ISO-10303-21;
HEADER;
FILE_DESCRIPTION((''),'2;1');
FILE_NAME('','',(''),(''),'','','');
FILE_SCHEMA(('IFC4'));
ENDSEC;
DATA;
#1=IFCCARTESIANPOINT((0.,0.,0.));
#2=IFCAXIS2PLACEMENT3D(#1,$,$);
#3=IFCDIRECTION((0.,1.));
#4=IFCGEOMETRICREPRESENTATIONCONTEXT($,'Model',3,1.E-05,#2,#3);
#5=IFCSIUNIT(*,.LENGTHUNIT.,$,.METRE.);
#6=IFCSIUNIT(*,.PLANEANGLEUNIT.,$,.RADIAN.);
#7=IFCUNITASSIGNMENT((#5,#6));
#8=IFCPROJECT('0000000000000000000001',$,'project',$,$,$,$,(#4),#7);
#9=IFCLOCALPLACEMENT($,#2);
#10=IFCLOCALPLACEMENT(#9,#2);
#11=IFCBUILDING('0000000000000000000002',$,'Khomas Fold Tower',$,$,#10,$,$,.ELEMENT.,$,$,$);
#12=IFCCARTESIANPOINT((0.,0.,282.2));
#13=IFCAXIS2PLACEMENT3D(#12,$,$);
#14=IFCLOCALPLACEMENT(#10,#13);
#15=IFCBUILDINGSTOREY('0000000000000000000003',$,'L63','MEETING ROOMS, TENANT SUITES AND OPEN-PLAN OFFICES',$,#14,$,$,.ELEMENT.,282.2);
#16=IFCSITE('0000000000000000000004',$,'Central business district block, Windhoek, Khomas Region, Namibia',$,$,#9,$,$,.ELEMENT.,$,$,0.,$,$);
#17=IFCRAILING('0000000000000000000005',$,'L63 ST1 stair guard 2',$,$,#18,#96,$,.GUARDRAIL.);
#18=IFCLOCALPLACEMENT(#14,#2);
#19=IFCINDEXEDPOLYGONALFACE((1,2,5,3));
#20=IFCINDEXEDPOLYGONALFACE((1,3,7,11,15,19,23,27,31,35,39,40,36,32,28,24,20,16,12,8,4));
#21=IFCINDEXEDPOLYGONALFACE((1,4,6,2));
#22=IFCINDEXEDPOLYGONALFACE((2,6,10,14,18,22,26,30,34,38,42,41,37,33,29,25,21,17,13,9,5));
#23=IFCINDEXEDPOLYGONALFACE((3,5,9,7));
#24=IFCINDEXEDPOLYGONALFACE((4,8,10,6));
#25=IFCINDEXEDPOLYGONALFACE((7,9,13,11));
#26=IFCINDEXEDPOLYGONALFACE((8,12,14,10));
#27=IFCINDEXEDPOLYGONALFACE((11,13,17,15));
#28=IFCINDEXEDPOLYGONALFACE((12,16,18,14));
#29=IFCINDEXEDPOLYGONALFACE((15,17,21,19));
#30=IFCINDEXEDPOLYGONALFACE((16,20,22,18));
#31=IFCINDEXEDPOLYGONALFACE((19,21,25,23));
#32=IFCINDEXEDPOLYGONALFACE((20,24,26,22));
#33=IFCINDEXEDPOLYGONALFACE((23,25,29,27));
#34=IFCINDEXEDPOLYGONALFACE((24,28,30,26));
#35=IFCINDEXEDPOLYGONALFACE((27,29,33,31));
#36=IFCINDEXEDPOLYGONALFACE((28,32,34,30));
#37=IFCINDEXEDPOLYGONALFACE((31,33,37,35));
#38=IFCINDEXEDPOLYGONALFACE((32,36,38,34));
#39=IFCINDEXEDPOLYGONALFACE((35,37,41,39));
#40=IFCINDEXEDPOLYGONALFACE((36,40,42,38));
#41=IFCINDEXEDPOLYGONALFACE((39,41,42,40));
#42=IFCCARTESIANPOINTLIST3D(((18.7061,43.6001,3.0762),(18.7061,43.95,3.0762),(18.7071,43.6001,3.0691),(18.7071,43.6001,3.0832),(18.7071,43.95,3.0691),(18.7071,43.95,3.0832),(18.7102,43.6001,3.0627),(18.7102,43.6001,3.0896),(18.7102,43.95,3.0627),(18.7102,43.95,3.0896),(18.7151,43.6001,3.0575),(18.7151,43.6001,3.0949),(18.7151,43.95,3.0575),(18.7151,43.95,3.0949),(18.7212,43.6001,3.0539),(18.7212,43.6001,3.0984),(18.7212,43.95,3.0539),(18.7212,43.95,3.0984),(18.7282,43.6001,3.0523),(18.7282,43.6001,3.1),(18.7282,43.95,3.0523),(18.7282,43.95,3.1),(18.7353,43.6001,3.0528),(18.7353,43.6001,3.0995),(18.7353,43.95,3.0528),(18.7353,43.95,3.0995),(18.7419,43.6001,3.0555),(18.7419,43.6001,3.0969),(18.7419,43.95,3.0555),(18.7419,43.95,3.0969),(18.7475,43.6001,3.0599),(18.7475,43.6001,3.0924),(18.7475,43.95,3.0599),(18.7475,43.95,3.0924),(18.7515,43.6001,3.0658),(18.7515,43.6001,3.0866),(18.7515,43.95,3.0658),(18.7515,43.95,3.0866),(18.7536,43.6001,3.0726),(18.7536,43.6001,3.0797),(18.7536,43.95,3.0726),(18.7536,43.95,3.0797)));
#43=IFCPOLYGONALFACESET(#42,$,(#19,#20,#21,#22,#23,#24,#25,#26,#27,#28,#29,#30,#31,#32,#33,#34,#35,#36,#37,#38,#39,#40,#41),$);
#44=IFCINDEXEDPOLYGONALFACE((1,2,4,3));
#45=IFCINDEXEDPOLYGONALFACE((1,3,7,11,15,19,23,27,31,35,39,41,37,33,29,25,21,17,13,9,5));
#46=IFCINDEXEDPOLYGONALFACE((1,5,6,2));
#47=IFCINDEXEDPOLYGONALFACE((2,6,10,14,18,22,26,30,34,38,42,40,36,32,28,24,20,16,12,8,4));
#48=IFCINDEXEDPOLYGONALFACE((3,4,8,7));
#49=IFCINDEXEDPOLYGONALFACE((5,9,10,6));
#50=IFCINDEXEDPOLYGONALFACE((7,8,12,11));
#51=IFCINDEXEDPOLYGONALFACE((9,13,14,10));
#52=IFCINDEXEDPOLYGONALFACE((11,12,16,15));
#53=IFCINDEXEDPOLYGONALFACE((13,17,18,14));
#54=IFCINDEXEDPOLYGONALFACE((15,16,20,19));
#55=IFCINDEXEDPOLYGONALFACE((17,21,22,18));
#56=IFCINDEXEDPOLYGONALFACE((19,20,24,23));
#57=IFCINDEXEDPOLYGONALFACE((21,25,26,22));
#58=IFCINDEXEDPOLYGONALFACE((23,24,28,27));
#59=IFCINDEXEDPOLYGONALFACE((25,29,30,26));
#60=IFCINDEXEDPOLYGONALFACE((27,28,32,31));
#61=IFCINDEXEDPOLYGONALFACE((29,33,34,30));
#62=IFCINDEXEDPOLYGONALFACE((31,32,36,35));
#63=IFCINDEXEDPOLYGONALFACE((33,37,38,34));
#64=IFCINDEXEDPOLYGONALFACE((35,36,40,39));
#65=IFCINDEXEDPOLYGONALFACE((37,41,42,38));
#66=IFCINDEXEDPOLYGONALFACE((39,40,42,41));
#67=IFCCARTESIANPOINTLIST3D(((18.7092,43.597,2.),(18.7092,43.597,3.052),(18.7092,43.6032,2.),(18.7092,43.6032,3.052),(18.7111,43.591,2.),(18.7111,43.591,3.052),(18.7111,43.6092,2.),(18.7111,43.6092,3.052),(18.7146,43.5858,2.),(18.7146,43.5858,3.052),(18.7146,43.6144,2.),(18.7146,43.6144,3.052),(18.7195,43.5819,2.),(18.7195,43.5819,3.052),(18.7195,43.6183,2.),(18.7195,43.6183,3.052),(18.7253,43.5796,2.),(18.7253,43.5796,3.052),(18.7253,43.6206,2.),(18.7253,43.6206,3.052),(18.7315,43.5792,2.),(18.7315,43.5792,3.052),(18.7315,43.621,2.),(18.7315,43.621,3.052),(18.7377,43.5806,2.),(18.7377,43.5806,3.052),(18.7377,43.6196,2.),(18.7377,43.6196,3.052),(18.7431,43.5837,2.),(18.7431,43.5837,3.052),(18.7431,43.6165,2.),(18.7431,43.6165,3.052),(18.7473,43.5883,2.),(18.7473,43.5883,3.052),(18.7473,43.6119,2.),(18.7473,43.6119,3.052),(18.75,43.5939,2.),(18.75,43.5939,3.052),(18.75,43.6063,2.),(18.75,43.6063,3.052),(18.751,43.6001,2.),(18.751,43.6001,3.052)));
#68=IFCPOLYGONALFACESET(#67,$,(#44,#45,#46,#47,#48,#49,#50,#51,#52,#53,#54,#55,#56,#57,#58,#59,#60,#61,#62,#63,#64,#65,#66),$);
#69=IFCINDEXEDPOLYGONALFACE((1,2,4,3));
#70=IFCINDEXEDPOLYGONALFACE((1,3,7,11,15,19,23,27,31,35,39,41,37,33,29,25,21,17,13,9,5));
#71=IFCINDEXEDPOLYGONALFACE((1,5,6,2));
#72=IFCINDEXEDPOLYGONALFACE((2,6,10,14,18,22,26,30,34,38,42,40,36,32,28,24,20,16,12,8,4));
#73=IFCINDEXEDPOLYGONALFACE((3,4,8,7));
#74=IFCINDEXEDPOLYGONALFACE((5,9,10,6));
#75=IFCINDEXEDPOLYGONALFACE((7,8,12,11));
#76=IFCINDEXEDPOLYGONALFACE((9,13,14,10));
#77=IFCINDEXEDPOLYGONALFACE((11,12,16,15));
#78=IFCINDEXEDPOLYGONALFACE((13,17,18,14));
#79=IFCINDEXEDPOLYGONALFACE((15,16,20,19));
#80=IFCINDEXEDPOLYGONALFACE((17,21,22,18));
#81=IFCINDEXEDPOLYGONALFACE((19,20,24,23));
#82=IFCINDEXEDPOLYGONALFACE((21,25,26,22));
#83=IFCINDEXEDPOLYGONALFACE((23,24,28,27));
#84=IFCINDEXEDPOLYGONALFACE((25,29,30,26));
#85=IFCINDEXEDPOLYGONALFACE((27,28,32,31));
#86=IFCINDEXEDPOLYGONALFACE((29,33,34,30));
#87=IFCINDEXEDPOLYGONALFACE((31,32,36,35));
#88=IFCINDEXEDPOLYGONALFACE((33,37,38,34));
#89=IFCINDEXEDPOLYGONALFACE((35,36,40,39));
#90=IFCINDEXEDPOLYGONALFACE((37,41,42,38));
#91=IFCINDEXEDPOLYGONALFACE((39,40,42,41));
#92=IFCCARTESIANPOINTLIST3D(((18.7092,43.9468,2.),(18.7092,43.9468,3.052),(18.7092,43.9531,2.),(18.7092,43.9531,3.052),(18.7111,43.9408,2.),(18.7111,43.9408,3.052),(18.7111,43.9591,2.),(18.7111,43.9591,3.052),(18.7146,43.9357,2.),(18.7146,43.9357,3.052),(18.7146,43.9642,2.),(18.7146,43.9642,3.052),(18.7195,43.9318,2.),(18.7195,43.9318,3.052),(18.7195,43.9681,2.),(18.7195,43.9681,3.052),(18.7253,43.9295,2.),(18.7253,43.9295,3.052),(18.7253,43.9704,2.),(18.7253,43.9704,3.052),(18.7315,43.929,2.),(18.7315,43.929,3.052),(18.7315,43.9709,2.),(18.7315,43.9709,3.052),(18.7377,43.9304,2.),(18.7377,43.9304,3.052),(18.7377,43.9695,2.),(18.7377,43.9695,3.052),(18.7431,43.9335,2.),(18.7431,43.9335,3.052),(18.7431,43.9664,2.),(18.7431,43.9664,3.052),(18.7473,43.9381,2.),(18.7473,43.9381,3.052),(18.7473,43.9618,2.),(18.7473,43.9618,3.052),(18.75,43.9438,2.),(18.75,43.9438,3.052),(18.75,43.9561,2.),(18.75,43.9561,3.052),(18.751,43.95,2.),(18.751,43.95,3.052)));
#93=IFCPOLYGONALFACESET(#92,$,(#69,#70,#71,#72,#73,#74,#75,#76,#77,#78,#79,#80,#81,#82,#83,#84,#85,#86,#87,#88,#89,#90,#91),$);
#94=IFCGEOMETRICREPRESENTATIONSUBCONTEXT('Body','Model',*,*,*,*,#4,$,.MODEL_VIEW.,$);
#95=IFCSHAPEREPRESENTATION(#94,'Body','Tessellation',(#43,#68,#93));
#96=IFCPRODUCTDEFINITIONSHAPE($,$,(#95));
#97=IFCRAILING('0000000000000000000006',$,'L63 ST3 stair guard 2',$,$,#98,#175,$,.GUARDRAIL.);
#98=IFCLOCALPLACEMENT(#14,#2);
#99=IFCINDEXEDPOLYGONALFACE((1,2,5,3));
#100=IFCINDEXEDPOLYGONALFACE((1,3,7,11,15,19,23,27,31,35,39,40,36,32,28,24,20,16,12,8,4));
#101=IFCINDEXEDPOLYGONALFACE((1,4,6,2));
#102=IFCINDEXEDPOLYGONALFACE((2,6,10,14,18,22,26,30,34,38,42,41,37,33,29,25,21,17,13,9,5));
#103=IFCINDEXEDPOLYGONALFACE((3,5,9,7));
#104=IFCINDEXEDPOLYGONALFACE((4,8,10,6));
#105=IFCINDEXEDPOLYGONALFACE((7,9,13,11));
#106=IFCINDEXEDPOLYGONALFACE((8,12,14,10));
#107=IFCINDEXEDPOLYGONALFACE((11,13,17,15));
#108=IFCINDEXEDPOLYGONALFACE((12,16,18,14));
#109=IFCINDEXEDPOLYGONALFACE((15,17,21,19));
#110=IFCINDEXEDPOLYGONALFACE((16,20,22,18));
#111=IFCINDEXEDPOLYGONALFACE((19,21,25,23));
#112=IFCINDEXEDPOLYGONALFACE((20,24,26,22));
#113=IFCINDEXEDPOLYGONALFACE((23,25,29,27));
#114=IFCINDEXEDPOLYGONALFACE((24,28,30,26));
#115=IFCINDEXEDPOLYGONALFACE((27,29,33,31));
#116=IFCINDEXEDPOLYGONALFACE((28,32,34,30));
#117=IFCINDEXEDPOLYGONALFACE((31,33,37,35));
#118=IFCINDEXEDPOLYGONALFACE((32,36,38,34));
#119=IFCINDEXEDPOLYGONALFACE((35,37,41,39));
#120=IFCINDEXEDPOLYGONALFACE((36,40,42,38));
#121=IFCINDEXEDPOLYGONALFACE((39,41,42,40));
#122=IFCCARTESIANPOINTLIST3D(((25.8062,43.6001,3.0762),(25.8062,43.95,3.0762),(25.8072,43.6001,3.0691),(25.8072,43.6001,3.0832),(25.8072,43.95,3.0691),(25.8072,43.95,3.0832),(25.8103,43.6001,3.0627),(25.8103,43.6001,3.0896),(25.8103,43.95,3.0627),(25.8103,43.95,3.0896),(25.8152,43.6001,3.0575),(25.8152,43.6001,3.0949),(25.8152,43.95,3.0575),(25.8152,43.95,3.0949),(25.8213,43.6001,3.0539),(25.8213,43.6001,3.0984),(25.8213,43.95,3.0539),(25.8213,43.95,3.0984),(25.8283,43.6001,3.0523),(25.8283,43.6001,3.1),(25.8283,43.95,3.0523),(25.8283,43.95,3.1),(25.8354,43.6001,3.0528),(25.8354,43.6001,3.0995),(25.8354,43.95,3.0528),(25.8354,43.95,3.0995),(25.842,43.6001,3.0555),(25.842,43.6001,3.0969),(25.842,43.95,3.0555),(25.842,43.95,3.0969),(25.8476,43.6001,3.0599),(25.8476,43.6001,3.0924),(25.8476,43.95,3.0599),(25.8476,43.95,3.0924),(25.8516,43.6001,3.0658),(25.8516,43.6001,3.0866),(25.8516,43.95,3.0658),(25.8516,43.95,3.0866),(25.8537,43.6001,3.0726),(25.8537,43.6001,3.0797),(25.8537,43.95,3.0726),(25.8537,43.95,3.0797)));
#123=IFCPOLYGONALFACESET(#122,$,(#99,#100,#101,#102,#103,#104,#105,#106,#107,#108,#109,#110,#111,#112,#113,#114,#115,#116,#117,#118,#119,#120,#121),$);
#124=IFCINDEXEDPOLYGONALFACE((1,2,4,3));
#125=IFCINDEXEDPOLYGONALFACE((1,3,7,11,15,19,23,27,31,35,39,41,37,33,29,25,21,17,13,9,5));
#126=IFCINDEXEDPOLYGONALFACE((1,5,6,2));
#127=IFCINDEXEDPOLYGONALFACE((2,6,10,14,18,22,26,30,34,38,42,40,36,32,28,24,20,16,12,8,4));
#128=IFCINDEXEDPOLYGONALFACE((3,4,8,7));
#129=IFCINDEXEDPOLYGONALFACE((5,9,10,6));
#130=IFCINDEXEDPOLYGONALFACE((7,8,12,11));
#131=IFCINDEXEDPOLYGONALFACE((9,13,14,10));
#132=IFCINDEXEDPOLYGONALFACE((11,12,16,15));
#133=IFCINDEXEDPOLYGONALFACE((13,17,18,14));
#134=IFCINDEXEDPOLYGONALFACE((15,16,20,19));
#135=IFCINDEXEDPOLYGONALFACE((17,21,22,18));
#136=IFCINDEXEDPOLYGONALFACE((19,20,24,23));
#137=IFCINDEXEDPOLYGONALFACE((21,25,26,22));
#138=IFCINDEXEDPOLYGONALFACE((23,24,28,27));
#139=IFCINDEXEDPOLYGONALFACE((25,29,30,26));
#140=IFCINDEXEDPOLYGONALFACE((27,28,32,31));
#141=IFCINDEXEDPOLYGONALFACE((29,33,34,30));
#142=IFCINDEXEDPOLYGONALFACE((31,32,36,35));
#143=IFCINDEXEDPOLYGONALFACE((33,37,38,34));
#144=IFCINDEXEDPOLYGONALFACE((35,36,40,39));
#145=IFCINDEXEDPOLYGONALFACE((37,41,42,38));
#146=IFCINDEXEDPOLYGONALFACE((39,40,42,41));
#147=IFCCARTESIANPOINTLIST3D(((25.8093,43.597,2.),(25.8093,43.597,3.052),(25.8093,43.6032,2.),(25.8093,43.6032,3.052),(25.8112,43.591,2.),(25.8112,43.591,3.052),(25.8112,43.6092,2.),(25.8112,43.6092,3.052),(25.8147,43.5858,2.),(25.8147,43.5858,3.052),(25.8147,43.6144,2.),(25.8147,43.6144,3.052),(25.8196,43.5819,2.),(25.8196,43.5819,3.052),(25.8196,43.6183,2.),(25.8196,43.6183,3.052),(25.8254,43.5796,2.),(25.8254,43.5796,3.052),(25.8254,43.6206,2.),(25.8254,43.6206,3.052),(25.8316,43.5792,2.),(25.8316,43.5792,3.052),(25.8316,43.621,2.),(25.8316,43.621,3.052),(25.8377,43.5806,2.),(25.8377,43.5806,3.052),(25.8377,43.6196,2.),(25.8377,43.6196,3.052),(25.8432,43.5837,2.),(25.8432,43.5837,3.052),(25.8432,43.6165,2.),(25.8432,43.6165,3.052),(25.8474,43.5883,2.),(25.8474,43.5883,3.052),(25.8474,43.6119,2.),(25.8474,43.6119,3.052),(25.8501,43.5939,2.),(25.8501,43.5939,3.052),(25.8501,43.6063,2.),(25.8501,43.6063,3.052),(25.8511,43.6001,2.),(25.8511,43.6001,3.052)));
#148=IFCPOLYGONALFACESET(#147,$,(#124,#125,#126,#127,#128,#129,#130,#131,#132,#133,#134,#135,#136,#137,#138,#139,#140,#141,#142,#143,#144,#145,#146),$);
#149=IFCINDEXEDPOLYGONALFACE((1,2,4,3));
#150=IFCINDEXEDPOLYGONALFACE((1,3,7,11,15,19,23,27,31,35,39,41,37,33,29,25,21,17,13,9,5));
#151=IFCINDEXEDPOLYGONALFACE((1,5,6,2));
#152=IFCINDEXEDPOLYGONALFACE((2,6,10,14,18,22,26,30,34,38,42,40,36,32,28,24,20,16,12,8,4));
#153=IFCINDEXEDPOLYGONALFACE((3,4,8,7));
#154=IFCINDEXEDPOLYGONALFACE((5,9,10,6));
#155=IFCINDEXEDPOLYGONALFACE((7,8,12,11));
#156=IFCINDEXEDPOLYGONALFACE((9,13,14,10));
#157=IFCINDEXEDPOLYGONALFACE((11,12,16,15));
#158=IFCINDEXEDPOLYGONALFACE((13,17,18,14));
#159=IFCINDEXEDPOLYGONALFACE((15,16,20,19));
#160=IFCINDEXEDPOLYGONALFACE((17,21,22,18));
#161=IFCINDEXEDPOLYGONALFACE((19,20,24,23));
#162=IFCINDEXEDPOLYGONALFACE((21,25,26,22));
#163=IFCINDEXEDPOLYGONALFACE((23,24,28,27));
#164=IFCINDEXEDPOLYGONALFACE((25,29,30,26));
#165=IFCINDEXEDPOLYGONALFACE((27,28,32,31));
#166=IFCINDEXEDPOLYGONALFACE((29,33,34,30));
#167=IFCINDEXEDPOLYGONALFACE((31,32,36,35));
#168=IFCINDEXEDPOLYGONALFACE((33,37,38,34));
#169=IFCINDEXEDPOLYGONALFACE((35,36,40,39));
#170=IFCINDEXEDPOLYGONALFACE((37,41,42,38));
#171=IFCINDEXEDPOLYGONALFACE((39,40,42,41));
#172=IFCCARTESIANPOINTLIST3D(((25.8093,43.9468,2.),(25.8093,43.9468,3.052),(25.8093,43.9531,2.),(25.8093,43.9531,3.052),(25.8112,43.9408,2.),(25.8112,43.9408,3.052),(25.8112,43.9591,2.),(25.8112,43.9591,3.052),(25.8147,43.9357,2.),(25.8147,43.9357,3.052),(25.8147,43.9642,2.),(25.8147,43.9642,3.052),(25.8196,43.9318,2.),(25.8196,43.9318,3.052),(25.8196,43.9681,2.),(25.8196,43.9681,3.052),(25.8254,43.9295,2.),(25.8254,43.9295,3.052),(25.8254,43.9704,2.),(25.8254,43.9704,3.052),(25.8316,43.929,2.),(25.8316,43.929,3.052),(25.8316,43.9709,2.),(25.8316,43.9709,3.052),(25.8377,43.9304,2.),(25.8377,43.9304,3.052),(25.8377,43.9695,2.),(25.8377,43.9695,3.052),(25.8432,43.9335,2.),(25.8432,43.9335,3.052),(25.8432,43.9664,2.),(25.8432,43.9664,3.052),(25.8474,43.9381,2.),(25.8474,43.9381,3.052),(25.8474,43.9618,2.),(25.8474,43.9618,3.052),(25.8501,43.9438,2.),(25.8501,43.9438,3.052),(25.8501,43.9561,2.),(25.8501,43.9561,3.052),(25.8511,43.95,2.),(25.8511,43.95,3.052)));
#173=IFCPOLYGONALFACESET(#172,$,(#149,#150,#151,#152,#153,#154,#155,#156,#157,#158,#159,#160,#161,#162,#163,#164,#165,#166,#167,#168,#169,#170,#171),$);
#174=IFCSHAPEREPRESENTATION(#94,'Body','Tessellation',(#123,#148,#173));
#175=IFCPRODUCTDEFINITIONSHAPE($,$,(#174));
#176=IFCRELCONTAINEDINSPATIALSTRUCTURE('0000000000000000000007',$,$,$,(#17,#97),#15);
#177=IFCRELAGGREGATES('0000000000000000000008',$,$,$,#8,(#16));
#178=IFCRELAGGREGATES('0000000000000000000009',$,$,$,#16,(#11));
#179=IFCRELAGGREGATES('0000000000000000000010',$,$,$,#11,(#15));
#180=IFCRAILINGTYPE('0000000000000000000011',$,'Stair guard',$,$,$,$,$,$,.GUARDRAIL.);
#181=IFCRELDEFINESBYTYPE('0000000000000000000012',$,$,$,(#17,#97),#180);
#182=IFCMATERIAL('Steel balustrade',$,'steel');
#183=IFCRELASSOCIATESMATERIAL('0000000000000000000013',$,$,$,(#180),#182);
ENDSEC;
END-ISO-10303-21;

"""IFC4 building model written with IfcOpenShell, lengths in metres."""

from ifc_helpers import new_model, si_unit, direction, frame, origin, origin_2d, place, context, subcontext, project, spatial, circle, extrude, source, transform, mapped, material, type_object, element, save


model = new_model("IFC4")

# Units and contexts
model_context = context("Model", 3, precision=1e-05, world=origin(), true_north=direction((0.0, 1.0)))
body_context = subcontext(model_context, "Body", "Model", "MODEL_VIEW")
ifc_project = project(units=[si_unit("LENGTHUNIT", "METRE"), si_unit("PLANEANGLEUNIT", "RADIAN")], contexts=[model_context])

# Site, building, storey
site_placement = place(None, origin())
site = spatial("IfcSite", under=ifc_project, at=site_placement, Name="Central business district block, Windhoek, Khomas Region, Namibia", CompositionType="ELEMENT", RefElevation=0.0)
building_placement = place(site_placement, origin())
building = spatial("IfcBuilding", under=site, at=building_placement, Name="Khomas Fold Tower", CompositionType="ELEMENT")
storey_placement = place(building_placement, frame((0.0, 0.0, 282.2)))
storey = spatial("IfcBuildingStorey", under=building, at=storey_placement, Name="L63", Description="MEETING ROOMS, TENANT SUITES AND OPEN-PLAN OFFICES", CompositionType="ELEMENT", Elevation=282.2)

# Railings
ifc_material_1 = material(Name="Steel balustrade", Category="steel")
railing_type_1 = type_object("IfcRailingType", Name="Stair guard", PredefinedType="GUARDRAIL", material=ifc_material_1)
shared_shape_1 = source(origin(), body_context, "Body", "SweptSolid", [
    extrude(circle(Radius=0.0239, at=origin_2d()), frame((0.0, 0.0, 1.0762), z_axis=(0.0, 1.0, 0.0), x_axis=(-1.0, 0.0, 0.0)), (0.0, 0.0, 1.0), 0.3499),
    extrude(circle(Radius=0.021, at=origin_2d()), origin(), (0.0, 0.0, 1.0), 1.052),
    extrude(circle(Radius=0.021, at=origin_2d()), frame((0.0, 0.3499, 0.0)), (0.0, 0.0, 1.0), 1.052),
])
for number, where, name in (
    (1, (18.73, 43.6001, 2.0), "L63 ST1 stair guard 2"),
    (2, (25.8301, 43.6001, 2.0), "L63 ST3 stair guard 2"),
):
    element("IfcRailing", number, at=place(storey_placement, frame(where)), inside=storey, type_object=railing_type_1, Name=name, PredefinedType="GUARDRAIL", context=body_context, shape_type="MappedRepresentation", body=[
        mapped(shared_shape_1, transform((0.0, 0.0, 0.0))),
    ])

save(model, "model.ifc")
